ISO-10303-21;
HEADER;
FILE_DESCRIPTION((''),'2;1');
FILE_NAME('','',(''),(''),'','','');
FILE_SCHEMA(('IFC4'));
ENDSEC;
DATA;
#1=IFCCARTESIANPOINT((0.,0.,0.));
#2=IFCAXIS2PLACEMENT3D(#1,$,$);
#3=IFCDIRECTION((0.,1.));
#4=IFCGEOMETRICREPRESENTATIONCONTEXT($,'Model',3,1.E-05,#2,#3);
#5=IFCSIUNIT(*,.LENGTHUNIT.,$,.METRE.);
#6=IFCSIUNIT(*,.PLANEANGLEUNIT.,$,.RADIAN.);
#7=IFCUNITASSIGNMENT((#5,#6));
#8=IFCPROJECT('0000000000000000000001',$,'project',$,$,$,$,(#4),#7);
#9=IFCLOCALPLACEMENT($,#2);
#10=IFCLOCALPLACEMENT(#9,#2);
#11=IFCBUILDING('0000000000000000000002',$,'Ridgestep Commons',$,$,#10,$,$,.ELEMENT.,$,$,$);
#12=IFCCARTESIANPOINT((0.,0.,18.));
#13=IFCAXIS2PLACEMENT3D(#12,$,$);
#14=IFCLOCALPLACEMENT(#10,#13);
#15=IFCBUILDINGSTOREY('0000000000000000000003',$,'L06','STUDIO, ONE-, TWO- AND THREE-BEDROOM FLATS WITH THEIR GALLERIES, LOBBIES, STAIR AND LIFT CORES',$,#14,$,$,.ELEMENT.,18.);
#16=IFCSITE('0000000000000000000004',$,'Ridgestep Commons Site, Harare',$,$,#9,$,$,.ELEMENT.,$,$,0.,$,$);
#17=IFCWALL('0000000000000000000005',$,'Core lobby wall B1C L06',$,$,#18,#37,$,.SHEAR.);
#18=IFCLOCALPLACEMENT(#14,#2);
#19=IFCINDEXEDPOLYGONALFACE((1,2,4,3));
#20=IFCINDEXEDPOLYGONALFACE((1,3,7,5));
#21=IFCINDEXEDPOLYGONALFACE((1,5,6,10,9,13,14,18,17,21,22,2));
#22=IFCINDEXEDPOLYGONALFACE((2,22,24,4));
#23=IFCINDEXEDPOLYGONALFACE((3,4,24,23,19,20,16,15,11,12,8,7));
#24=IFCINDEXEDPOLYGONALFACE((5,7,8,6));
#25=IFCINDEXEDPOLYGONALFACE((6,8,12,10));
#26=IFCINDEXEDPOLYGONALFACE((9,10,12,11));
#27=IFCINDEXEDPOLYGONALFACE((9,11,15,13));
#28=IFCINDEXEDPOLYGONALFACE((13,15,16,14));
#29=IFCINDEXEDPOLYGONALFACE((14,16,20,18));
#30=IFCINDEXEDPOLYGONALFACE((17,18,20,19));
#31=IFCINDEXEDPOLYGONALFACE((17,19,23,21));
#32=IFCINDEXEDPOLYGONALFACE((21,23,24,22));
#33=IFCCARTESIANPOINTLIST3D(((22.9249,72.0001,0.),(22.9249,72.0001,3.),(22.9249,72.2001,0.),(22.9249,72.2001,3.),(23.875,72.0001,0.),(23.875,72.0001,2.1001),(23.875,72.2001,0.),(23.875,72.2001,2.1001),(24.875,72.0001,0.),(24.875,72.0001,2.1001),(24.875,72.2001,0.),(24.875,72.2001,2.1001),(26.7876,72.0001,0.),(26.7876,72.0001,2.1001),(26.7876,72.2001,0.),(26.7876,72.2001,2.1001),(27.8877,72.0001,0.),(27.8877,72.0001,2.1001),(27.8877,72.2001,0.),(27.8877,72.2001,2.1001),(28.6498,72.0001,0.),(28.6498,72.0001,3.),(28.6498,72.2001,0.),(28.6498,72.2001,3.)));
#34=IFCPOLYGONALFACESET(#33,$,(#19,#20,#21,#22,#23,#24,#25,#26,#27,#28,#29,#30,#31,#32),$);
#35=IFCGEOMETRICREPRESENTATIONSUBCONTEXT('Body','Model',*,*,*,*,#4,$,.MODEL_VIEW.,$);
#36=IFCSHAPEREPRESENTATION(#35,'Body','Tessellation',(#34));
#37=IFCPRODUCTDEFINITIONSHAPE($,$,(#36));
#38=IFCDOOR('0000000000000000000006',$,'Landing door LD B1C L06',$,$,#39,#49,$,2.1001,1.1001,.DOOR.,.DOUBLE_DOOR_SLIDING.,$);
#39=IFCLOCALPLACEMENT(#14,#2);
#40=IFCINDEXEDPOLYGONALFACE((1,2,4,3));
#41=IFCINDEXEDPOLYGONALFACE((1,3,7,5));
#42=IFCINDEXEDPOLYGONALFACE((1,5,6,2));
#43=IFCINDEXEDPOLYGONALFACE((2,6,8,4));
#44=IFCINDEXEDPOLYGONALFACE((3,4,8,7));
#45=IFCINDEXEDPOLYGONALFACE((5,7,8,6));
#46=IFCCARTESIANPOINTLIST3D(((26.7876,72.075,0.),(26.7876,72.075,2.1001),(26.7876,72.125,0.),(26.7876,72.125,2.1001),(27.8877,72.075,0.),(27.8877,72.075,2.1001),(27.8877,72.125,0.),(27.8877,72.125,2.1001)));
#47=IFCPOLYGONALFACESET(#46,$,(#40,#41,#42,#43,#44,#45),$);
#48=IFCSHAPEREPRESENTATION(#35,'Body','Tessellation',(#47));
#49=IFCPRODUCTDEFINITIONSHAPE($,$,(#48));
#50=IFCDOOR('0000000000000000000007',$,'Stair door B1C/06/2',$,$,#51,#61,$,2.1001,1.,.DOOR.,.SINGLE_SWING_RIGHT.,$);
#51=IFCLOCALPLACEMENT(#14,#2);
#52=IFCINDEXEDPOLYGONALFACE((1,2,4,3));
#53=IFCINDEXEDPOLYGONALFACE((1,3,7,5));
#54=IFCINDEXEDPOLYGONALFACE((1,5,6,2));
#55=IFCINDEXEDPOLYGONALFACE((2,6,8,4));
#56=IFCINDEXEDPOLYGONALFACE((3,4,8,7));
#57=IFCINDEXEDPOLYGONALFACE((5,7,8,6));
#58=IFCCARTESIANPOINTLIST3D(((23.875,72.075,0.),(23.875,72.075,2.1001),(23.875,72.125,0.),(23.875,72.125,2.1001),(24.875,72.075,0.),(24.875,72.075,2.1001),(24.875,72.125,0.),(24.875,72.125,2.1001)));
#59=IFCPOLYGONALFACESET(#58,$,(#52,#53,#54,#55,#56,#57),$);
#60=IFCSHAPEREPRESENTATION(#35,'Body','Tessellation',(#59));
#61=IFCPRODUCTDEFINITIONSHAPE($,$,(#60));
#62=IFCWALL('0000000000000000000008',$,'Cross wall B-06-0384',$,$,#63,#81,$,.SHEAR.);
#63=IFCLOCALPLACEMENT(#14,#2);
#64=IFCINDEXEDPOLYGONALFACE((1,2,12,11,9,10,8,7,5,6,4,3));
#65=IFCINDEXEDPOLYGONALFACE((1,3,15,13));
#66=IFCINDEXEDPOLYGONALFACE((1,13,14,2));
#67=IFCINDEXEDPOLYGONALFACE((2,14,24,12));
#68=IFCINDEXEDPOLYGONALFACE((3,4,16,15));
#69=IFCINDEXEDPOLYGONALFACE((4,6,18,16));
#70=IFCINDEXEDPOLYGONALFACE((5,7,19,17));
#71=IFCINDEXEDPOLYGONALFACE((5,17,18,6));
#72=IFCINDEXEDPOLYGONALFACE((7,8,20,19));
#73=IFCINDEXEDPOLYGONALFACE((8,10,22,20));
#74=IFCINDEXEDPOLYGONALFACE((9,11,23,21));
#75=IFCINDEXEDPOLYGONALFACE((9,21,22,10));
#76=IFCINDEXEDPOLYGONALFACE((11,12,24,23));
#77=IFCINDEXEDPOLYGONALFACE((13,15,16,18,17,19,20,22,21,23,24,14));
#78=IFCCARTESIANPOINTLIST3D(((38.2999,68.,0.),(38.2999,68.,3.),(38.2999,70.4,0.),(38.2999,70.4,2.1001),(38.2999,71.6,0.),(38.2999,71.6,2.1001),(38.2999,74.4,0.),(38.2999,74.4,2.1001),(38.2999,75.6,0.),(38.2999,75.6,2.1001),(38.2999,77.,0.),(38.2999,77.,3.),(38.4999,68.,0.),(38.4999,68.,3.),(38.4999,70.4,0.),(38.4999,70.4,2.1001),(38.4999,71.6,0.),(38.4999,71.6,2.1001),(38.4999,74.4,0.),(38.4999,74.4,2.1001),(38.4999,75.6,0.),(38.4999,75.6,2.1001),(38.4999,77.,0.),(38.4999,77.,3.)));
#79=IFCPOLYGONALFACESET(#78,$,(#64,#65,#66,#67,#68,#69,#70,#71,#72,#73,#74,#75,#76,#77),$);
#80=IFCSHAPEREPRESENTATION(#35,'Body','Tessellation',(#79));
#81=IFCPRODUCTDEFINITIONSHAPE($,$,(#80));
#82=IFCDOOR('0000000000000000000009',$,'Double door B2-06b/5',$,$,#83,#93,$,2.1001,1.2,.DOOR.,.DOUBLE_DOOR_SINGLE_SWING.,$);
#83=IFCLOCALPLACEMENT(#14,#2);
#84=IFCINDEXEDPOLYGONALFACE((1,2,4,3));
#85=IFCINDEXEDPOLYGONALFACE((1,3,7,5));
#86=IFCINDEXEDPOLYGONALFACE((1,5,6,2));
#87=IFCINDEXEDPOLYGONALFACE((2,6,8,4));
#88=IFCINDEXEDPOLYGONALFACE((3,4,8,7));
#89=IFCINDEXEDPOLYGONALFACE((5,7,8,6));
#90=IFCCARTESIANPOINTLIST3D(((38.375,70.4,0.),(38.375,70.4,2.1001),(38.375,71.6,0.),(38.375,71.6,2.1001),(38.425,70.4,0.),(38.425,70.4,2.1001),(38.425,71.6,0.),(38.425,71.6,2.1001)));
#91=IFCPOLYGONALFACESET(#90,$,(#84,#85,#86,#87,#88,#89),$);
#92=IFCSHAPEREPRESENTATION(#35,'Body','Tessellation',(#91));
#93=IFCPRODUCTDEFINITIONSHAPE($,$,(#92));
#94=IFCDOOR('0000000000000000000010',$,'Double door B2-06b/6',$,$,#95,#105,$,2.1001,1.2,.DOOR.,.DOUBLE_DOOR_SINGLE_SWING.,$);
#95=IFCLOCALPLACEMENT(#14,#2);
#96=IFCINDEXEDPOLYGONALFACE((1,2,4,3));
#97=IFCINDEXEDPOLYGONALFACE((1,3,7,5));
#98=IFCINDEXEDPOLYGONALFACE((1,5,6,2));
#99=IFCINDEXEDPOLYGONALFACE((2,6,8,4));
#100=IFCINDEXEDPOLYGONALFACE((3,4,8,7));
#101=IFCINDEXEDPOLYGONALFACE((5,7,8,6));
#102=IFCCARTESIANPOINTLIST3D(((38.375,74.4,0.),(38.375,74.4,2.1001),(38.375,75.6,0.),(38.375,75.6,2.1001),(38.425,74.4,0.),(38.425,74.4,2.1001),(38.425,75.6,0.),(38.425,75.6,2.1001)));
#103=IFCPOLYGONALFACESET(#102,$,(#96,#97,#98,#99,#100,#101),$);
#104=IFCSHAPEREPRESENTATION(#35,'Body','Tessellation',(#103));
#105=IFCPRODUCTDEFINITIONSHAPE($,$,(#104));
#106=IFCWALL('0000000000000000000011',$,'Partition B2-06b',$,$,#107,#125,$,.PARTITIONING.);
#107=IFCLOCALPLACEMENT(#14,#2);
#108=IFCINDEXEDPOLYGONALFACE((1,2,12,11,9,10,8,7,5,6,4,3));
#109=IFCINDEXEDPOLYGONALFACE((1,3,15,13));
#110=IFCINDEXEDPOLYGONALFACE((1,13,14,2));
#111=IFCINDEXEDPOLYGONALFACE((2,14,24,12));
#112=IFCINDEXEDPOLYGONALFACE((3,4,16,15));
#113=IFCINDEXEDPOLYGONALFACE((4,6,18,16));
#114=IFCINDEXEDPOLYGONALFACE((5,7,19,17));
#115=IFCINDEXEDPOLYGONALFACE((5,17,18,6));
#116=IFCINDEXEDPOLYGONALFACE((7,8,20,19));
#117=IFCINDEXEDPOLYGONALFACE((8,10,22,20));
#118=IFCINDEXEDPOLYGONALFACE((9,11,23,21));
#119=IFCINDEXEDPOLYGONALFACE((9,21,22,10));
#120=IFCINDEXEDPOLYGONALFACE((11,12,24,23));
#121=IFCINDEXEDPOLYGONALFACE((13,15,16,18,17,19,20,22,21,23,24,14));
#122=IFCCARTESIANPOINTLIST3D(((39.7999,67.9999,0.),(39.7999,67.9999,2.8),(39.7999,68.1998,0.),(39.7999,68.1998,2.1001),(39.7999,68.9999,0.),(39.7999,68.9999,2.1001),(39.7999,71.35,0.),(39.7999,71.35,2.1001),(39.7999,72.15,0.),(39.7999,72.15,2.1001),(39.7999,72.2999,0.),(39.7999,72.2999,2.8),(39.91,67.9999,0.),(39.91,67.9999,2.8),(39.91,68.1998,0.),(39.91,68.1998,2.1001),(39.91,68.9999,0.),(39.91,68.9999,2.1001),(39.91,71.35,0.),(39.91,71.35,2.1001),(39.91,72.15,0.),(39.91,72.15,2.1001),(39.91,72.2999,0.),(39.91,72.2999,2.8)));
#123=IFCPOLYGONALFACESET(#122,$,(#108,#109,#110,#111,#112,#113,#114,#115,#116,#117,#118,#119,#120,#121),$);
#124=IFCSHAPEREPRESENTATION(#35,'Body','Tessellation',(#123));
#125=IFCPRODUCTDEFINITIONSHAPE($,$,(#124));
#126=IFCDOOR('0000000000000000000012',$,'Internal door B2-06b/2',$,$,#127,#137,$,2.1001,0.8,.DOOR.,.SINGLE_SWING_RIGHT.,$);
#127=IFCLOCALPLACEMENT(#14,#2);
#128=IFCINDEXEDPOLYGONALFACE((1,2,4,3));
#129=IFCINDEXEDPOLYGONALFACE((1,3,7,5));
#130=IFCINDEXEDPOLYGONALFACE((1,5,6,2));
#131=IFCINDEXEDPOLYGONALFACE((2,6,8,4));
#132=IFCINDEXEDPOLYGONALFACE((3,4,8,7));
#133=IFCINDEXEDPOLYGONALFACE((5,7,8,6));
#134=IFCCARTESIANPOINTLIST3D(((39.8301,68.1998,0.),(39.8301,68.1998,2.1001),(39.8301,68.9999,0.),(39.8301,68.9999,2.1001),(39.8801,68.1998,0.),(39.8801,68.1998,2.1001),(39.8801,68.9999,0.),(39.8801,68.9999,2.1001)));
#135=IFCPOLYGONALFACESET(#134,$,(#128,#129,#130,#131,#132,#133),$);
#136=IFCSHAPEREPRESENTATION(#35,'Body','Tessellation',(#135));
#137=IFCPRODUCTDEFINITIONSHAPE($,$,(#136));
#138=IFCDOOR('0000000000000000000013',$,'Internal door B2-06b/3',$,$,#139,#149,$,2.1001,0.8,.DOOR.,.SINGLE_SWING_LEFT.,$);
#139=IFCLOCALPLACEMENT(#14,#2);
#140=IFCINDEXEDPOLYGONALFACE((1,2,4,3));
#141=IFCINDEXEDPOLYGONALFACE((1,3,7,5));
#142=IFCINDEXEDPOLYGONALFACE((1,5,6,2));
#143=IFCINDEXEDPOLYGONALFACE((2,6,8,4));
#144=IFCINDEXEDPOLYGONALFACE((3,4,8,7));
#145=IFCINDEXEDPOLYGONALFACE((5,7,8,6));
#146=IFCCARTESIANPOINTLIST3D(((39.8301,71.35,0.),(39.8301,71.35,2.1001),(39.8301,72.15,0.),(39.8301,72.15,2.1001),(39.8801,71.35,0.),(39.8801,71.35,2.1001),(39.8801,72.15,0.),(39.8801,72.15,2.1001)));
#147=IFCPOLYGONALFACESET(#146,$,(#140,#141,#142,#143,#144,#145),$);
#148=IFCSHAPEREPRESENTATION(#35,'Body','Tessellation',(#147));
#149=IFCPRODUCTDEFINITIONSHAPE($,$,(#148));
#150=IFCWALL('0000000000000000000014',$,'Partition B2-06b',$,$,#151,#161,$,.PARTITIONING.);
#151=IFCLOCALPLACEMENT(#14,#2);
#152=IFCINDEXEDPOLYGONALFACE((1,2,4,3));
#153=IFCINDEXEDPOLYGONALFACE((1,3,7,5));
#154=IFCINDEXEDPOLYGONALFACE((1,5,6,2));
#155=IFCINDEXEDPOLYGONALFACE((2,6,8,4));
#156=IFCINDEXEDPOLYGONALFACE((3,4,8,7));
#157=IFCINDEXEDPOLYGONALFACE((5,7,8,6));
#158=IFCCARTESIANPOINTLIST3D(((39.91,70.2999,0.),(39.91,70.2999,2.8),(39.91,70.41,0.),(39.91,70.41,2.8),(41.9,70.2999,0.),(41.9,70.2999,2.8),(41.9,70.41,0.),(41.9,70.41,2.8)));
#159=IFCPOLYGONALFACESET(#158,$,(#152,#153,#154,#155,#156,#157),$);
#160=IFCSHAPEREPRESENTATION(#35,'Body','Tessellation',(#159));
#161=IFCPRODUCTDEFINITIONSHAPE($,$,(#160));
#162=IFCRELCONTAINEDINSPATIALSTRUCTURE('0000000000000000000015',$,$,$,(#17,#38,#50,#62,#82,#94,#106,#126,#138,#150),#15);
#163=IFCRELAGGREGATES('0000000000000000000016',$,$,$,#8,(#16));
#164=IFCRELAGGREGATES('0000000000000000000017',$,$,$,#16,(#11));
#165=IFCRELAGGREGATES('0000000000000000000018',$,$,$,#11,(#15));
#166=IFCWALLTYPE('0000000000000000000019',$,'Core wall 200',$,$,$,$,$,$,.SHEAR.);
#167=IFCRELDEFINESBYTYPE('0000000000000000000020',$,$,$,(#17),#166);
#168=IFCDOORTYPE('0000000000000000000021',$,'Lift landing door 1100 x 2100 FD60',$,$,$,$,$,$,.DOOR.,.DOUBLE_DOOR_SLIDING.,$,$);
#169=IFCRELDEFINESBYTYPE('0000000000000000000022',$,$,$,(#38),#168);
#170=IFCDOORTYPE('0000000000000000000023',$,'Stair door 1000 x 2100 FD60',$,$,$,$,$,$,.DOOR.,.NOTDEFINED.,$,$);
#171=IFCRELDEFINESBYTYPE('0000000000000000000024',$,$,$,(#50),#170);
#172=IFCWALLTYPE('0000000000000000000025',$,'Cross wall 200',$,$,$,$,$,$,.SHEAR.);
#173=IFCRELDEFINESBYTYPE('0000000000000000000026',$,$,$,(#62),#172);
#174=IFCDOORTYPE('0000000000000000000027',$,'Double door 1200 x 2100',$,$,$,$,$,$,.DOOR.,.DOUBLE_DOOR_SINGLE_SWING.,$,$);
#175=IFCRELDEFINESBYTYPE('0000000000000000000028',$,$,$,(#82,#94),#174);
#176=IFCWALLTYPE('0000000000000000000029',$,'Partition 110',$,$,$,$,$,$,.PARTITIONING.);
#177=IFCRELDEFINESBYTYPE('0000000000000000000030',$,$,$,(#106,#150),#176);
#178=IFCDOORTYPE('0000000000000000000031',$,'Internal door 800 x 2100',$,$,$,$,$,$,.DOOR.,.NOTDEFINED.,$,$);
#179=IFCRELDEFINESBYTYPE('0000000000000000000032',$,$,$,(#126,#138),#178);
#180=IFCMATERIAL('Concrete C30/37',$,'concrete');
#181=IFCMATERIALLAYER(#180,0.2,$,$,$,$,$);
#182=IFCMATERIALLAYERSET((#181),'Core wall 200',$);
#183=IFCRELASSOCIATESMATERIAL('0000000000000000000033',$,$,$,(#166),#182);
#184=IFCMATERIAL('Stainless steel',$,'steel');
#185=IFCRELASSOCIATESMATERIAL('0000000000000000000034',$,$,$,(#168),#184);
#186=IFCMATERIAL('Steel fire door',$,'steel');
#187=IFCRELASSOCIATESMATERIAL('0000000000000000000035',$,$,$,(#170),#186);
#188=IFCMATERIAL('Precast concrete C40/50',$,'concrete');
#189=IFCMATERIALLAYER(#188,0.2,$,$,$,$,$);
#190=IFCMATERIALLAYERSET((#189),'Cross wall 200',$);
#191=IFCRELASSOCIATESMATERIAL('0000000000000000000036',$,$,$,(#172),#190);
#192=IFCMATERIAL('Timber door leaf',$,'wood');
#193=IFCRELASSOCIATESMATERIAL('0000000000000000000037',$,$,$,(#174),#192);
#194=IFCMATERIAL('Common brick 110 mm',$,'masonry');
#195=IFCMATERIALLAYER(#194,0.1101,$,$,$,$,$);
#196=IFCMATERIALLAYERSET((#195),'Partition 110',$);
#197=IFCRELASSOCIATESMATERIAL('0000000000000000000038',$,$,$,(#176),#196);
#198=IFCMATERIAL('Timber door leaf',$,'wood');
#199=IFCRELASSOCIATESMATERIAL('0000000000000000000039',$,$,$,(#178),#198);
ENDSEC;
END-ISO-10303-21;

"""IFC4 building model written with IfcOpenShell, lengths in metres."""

from ifc_helpers import new_model, si_unit, direction, frame, frame_2d, origin, place, context, subcontext, project, spatial, rectangle, extrude, material, layer, layer_set, type_object, element, fill, save


model = new_model("IFC4")

# Units and contexts
model_context = context("Model", 3, precision=1e-05, world=origin(), true_north=direction((0.0, 1.0)))
body_context = subcontext(model_context, "Body", "Model", "MODEL_VIEW")
ifc_project = project(units=[si_unit("LENGTHUNIT", "METRE"), si_unit("PLANEANGLEUNIT", "RADIAN")], contexts=[model_context])

# Site, building, storey
site_placement = place(None, origin())
site = spatial("IfcSite", under=ifc_project, at=site_placement, Name="Ridgestep Commons Site, Harare", CompositionType="ELEMENT", RefElevation=0.0)
building_placement = place(site_placement, origin())
building = spatial("IfcBuilding", under=site, at=building_placement, Name="Ridgestep Commons", CompositionType="ELEMENT")
storey_placement = place(building_placement, frame((0.0, 0.0, 18.0)))
storey = spatial("IfcBuildingStorey", under=building, at=storey_placement, Name="L06", Description="STUDIO, ONE-, TWO- AND THREE-BEDROOM FLATS WITH THEIR GALLERIES, LOBBIES, STAIR AND LIFT CORES", CompositionType="ELEMENT", Elevation=18.0)

# Walls, openings, doors
ifc_material_1 = material(Name="Concrete C30/37", Category="concrete")
ifc_layer_1 = layer(ifc_material_1, 0.2)
ifc_layer_set_1 = layer_set([ifc_layer_1], Name="Core wall 200")
wall_type_1 = type_object("IfcWallType", Name="Core wall 200", PredefinedType="SHEAR", material=ifc_layer_set_1)
wall_1_placement = place(storey_placement, frame((22.925, 72.1001, 0.0), z_axis=(0.0, 0.0, 1.0), x_axis=(1.0, 0.0, 0.0)))
wall_1 = element("IfcWall", 1, at=wall_1_placement, inside=storey, type_object=wall_type_1, Name="Core lobby wall B1C L06", PredefinedType="SHEAR", context=body_context, shape_type="SweptSolid", body=[
    extrude(rectangle(XDim=5.7249, YDim=0.2, at=frame_2d((2.8623, 0.0))), origin(), (0.0, 0.0, 1.0), 3.0),
])
opening_1_placement = place(wall_1_placement, frame((0.95, 0.0, 0.0)))
opening_1 = element("IfcOpeningElement", 2, at=opening_1_placement, cuts=wall_1, PredefinedType="OPENING", context=body_context, shape_type="SweptSolid", body=[
    extrude(rectangle(XDim=1.0, YDim=2.1001, at=frame_2d((0.5, 1.05))), frame((0.0, 0.1099, 0.0), z_axis=(0.0, -1.0, 0.0), x_axis=(1.0, 0.0, 0.0)), (0.0, 0.0, 1.0), 0.22),
])
opening_2_placement = place(wall_1_placement, frame((3.8625, 0.0, 0.0)))
opening_2 = element("IfcOpeningElement", 3, at=opening_2_placement, cuts=wall_1, PredefinedType="OPENING", context=body_context, shape_type="SweptSolid", body=[
    extrude(rectangle(XDim=1.1001, YDim=2.1001, at=frame_2d((0.55, 1.05))), frame((0.0, 0.1099, 0.0), z_axis=(0.0, -1.0, 0.0), x_axis=(1.0, 0.0, 0.0)), (0.0, 0.0, 1.0), 0.22),
])
ifc_material_2 = material(Name="Stainless steel", Category="steel")
door_type_1 = type_object("IfcDoorType", Name="Lift landing door 1100 x 2100 FD60", OperationType="DOUBLE_DOOR_SLIDING", PredefinedType="DOOR", material=ifc_material_2)
door_1_placement = place(opening_2_placement, origin())
door_1 = element("IfcDoor", 4, at=door_1_placement, inside=storey, type_object=door_type_1, Name="Landing door LD B1C L06", OperationType="DOUBLE_DOOR_SLIDING", OverallHeight=2.1001, OverallWidth=1.1001, PredefinedType="DOOR", context=body_context, shape_type="SweptSolid", body=[
    extrude(rectangle(XDim=1.1001, YDim=2.1001, at=frame_2d((0.55, 1.05))), frame((0.0, 0.0249, 0.0), z_axis=(0.0, -1.0, 0.0), x_axis=(1.0, 0.0, 0.0)), (0.0, 0.0, 1.0), 0.05),
])
fill(opening_2, door_1)
ifc_material_3 = material(Name="Steel fire door", Category="steel")
door_type_2 = type_object("IfcDoorType", Name="Stair door 1000 x 2100 FD60", OperationType="NOTDEFINED", PredefinedType="DOOR", material=ifc_material_3)
door_2_placement = place(opening_1_placement, origin())
door_2 = element("IfcDoor", 5, at=door_2_placement, inside=storey, type_object=door_type_2, Name="Stair door B1C/06/2", OperationType="SINGLE_SWING_RIGHT", OverallHeight=2.1001, OverallWidth=1.0, PredefinedType="DOOR", context=body_context, shape_type="SweptSolid", body=[
    extrude(rectangle(XDim=1.0, YDim=2.1001, at=frame_2d((0.5, 1.05))), frame((0.0, 0.0249, 0.0), z_axis=(0.0, -1.0, 0.0), x_axis=(1.0, 0.0, 0.0)), (0.0, 0.0, 1.0), 0.05),
])
fill(opening_1, door_2)
ifc_material_4 = material(Name="Precast concrete C40/50", Category="concrete")
ifc_layer_2 = layer(ifc_material_4, 0.2)
ifc_layer_set_2 = layer_set([ifc_layer_2], Name="Cross wall 200")
wall_type_2 = type_object("IfcWallType", Name="Cross wall 200", PredefinedType="SHEAR", material=ifc_layer_set_2)
wall_2_placement = place(storey_placement, frame((38.3999, 68.0, 0.0), z_axis=(0.0, 0.0, 1.0), x_axis=(0.0, 1.0, 0.0)))
wall_2 = element("IfcWall", 6, at=wall_2_placement, inside=storey, type_object=wall_type_2, Name="Cross wall B-06-0384", PredefinedType="SHEAR", context=body_context, shape_type="SweptSolid", body=[
    extrude(rectangle(XDim=9.0, YDim=0.2, at=frame_2d((4.5, 0.0))), origin(), (0.0, 0.0, 1.0), 3.0),
])
opening_3_placement = place(wall_2_placement, frame((2.3999, 0.0, 0.0)))
opening_3 = element("IfcOpeningElement", 7, at=opening_3_placement, cuts=wall_2, PredefinedType="OPENING", context=body_context, shape_type="SweptSolid", body=[
    extrude(rectangle(XDim=1.2, YDim=2.1001, at=frame_2d((0.6001, 1.05))), frame((0.0, 0.1099, 0.0), z_axis=(0.0, -1.0, 0.0), x_axis=(1.0, 0.0, 0.0)), (0.0, 0.0, 1.0), 0.22),
])
opening_4_placement = place(wall_2_placement, frame((6.3999, 0.0, 0.0)))
opening_4 = element("IfcOpeningElement", 8, at=opening_4_placement, cuts=wall_2, PredefinedType="OPENING", context=body_context, shape_type="SweptSolid", body=[
    extrude(rectangle(XDim=1.2, YDim=2.1001, at=frame_2d((0.6001, 1.05))), frame((0.0, 0.1099, 0.0), z_axis=(0.0, -1.0, 0.0), x_axis=(1.0, 0.0, 0.0)), (0.0, 0.0, 1.0), 0.22),
])
ifc_material_5 = material(Name="Timber door leaf", Category="wood")
door_type_3 = type_object("IfcDoorType", Name="Double door 1200 x 2100", OperationType="DOUBLE_DOOR_SINGLE_SWING", PredefinedType="DOOR", material=ifc_material_5)
door_3_placement = place(opening_3_placement, origin())
door_3 = element("IfcDoor", 9, at=door_3_placement, inside=storey, type_object=door_type_3, Name="Double door B2-06b/5", OperationType="DOUBLE_DOOR_SINGLE_SWING", OverallHeight=2.1001, OverallWidth=1.2, PredefinedType="DOOR", context=body_context, shape_type="SweptSolid", body=[
    extrude(rectangle(XDim=1.2, YDim=2.1001, at=frame_2d((0.6001, 1.05))), frame((0.0, 0.0249, 0.0), z_axis=(0.0, -1.0, 0.0), x_axis=(1.0, 0.0, 0.0)), (0.0, 0.0, 1.0), 0.05),
])
fill(opening_3, door_3)
door_4_placement = place(opening_4_placement, origin())
door_4 = element("IfcDoor", 10, at=door_4_placement, inside=storey, type_object=door_type_3, Name="Double door B2-06b/6", OperationType="DOUBLE_DOOR_SINGLE_SWING", OverallHeight=2.1001, OverallWidth=1.2, PredefinedType="DOOR", context=body_context, shape_type="SweptSolid", body=[
    extrude(rectangle(XDim=1.2, YDim=2.1001, at=frame_2d((0.6001, 1.05))), frame((0.0, 0.0249, 0.0), z_axis=(0.0, -1.0, 0.0), x_axis=(1.0, 0.0, 0.0)), (0.0, 0.0, 1.0), 0.05),
])
fill(opening_4, door_4)
ifc_material_6 = material(Name="Common brick 110 mm", Category="masonry")
ifc_layer_3 = layer(ifc_material_6, 0.1101)
ifc_layer_set_3 = layer_set([ifc_layer_3], Name="Partition 110")
wall_type_3 = type_object("IfcWallType", Name="Partition 110", PredefinedType="PARTITIONING", material=ifc_layer_set_3)
wall_3_placement = place(storey_placement, frame((39.855, 68.0, 0.0), z_axis=(0.0, 0.0, 1.0), x_axis=(0.0, 1.0, 0.0)))
wall_3 = element("IfcWall", 11, at=wall_3_placement, inside=storey, type_object=wall_type_3, Name="Partition B2-06b", PredefinedType="PARTITIONING", context=body_context, shape_type="SweptSolid", body=[
    extrude(rectangle(XDim=4.3, YDim=0.1101, at=frame_2d((2.1499, 0.0))), origin(), (0.0, 0.0, 1.0), 2.8),
])
opening_5_placement = place(wall_3_placement, frame((0.2, 0.0, 0.0)))
opening_5 = element("IfcOpeningElement", 12, at=opening_5_placement, cuts=wall_3, PredefinedType="OPENING", context=body_context, shape_type="SweptSolid", body=[
    extrude(rectangle(XDim=0.8, YDim=2.1001, at=frame_2d((0.3999, 1.05))), frame((0.0, 0.0649, 0.0), z_axis=(0.0, -1.0, 0.0), x_axis=(1.0, 0.0, 0.0)), (0.0, 0.0, 1.0), 0.1301),
])
opening_6_placement = place(wall_3_placement, frame((3.3501, 0.0, 0.0)))
opening_6 = element("IfcOpeningElement", 13, at=opening_6_placement, cuts=wall_3, PredefinedType="OPENING", context=body_context, shape_type="SweptSolid", body=[
    extrude(rectangle(XDim=0.8, YDim=2.1001, at=frame_2d((0.3999, 1.05))), frame((0.0, 0.0649, 0.0), z_axis=(0.0, -1.0, 0.0), x_axis=(1.0, 0.0, 0.0)), (0.0, 0.0, 1.0), 0.1301),
])
ifc_material_7 = material(Name="Timber door leaf", Category="wood")
door_type_4 = type_object("IfcDoorType", Name="Internal door 800 x 2100", OperationType="NOTDEFINED", PredefinedType="DOOR", material=ifc_material_7)
door_5_placement = place(opening_5_placement, origin())
door_5 = element("IfcDoor", 14, at=door_5_placement, inside=storey, type_object=door_type_4, Name="Internal door B2-06b/2", OperationType="SINGLE_SWING_RIGHT", OverallHeight=2.1001, OverallWidth=0.8, PredefinedType="DOOR", context=body_context, shape_type="SweptSolid", body=[
    extrude(rectangle(XDim=0.8, YDim=2.1001, at=frame_2d((0.3999, 1.05))), frame((0.0, 0.0249, 0.0), z_axis=(0.0, -1.0, 0.0), x_axis=(1.0, 0.0, 0.0)), (0.0, 0.0, 1.0), 0.05),
])
fill(opening_5, door_5)
door_6_placement = place(opening_6_placement, origin())
door_6 = element("IfcDoor", 15, at=door_6_placement, inside=storey, type_object=door_type_4, Name="Internal door B2-06b/3", OperationType="SINGLE_SWING_LEFT", OverallHeight=2.1001, OverallWidth=0.8, PredefinedType="DOOR", context=body_context, shape_type="SweptSolid", body=[
    extrude(rectangle(XDim=0.8, YDim=2.1001, at=frame_2d((0.3999, 1.05))), frame((0.0, 0.0249, 0.0), z_axis=(0.0, -1.0, 0.0), x_axis=(1.0, 0.0, 0.0)), (0.0, 0.0, 1.0), 0.05),
])
fill(opening_6, door_6)

# Wall
wall_4_placement = place(storey_placement, frame((39.9099, 70.355, 0.0), z_axis=(0.0, 0.0, 1.0), x_axis=(1.0, 0.0, 0.0)))
element("IfcWall", 16, at=wall_4_placement, inside=storey, type_object=wall_type_3, Name="Partition B2-06b", PredefinedType="PARTITIONING", context=body_context, shape_type="SweptSolid", body=[
    extrude(rectangle(XDim=1.99, YDim=0.1101, at=frame_2d((0.9951, 0.0))), origin(), (0.0, 0.0, 1.0), 2.8),
])

save(model, "model.ifc")
